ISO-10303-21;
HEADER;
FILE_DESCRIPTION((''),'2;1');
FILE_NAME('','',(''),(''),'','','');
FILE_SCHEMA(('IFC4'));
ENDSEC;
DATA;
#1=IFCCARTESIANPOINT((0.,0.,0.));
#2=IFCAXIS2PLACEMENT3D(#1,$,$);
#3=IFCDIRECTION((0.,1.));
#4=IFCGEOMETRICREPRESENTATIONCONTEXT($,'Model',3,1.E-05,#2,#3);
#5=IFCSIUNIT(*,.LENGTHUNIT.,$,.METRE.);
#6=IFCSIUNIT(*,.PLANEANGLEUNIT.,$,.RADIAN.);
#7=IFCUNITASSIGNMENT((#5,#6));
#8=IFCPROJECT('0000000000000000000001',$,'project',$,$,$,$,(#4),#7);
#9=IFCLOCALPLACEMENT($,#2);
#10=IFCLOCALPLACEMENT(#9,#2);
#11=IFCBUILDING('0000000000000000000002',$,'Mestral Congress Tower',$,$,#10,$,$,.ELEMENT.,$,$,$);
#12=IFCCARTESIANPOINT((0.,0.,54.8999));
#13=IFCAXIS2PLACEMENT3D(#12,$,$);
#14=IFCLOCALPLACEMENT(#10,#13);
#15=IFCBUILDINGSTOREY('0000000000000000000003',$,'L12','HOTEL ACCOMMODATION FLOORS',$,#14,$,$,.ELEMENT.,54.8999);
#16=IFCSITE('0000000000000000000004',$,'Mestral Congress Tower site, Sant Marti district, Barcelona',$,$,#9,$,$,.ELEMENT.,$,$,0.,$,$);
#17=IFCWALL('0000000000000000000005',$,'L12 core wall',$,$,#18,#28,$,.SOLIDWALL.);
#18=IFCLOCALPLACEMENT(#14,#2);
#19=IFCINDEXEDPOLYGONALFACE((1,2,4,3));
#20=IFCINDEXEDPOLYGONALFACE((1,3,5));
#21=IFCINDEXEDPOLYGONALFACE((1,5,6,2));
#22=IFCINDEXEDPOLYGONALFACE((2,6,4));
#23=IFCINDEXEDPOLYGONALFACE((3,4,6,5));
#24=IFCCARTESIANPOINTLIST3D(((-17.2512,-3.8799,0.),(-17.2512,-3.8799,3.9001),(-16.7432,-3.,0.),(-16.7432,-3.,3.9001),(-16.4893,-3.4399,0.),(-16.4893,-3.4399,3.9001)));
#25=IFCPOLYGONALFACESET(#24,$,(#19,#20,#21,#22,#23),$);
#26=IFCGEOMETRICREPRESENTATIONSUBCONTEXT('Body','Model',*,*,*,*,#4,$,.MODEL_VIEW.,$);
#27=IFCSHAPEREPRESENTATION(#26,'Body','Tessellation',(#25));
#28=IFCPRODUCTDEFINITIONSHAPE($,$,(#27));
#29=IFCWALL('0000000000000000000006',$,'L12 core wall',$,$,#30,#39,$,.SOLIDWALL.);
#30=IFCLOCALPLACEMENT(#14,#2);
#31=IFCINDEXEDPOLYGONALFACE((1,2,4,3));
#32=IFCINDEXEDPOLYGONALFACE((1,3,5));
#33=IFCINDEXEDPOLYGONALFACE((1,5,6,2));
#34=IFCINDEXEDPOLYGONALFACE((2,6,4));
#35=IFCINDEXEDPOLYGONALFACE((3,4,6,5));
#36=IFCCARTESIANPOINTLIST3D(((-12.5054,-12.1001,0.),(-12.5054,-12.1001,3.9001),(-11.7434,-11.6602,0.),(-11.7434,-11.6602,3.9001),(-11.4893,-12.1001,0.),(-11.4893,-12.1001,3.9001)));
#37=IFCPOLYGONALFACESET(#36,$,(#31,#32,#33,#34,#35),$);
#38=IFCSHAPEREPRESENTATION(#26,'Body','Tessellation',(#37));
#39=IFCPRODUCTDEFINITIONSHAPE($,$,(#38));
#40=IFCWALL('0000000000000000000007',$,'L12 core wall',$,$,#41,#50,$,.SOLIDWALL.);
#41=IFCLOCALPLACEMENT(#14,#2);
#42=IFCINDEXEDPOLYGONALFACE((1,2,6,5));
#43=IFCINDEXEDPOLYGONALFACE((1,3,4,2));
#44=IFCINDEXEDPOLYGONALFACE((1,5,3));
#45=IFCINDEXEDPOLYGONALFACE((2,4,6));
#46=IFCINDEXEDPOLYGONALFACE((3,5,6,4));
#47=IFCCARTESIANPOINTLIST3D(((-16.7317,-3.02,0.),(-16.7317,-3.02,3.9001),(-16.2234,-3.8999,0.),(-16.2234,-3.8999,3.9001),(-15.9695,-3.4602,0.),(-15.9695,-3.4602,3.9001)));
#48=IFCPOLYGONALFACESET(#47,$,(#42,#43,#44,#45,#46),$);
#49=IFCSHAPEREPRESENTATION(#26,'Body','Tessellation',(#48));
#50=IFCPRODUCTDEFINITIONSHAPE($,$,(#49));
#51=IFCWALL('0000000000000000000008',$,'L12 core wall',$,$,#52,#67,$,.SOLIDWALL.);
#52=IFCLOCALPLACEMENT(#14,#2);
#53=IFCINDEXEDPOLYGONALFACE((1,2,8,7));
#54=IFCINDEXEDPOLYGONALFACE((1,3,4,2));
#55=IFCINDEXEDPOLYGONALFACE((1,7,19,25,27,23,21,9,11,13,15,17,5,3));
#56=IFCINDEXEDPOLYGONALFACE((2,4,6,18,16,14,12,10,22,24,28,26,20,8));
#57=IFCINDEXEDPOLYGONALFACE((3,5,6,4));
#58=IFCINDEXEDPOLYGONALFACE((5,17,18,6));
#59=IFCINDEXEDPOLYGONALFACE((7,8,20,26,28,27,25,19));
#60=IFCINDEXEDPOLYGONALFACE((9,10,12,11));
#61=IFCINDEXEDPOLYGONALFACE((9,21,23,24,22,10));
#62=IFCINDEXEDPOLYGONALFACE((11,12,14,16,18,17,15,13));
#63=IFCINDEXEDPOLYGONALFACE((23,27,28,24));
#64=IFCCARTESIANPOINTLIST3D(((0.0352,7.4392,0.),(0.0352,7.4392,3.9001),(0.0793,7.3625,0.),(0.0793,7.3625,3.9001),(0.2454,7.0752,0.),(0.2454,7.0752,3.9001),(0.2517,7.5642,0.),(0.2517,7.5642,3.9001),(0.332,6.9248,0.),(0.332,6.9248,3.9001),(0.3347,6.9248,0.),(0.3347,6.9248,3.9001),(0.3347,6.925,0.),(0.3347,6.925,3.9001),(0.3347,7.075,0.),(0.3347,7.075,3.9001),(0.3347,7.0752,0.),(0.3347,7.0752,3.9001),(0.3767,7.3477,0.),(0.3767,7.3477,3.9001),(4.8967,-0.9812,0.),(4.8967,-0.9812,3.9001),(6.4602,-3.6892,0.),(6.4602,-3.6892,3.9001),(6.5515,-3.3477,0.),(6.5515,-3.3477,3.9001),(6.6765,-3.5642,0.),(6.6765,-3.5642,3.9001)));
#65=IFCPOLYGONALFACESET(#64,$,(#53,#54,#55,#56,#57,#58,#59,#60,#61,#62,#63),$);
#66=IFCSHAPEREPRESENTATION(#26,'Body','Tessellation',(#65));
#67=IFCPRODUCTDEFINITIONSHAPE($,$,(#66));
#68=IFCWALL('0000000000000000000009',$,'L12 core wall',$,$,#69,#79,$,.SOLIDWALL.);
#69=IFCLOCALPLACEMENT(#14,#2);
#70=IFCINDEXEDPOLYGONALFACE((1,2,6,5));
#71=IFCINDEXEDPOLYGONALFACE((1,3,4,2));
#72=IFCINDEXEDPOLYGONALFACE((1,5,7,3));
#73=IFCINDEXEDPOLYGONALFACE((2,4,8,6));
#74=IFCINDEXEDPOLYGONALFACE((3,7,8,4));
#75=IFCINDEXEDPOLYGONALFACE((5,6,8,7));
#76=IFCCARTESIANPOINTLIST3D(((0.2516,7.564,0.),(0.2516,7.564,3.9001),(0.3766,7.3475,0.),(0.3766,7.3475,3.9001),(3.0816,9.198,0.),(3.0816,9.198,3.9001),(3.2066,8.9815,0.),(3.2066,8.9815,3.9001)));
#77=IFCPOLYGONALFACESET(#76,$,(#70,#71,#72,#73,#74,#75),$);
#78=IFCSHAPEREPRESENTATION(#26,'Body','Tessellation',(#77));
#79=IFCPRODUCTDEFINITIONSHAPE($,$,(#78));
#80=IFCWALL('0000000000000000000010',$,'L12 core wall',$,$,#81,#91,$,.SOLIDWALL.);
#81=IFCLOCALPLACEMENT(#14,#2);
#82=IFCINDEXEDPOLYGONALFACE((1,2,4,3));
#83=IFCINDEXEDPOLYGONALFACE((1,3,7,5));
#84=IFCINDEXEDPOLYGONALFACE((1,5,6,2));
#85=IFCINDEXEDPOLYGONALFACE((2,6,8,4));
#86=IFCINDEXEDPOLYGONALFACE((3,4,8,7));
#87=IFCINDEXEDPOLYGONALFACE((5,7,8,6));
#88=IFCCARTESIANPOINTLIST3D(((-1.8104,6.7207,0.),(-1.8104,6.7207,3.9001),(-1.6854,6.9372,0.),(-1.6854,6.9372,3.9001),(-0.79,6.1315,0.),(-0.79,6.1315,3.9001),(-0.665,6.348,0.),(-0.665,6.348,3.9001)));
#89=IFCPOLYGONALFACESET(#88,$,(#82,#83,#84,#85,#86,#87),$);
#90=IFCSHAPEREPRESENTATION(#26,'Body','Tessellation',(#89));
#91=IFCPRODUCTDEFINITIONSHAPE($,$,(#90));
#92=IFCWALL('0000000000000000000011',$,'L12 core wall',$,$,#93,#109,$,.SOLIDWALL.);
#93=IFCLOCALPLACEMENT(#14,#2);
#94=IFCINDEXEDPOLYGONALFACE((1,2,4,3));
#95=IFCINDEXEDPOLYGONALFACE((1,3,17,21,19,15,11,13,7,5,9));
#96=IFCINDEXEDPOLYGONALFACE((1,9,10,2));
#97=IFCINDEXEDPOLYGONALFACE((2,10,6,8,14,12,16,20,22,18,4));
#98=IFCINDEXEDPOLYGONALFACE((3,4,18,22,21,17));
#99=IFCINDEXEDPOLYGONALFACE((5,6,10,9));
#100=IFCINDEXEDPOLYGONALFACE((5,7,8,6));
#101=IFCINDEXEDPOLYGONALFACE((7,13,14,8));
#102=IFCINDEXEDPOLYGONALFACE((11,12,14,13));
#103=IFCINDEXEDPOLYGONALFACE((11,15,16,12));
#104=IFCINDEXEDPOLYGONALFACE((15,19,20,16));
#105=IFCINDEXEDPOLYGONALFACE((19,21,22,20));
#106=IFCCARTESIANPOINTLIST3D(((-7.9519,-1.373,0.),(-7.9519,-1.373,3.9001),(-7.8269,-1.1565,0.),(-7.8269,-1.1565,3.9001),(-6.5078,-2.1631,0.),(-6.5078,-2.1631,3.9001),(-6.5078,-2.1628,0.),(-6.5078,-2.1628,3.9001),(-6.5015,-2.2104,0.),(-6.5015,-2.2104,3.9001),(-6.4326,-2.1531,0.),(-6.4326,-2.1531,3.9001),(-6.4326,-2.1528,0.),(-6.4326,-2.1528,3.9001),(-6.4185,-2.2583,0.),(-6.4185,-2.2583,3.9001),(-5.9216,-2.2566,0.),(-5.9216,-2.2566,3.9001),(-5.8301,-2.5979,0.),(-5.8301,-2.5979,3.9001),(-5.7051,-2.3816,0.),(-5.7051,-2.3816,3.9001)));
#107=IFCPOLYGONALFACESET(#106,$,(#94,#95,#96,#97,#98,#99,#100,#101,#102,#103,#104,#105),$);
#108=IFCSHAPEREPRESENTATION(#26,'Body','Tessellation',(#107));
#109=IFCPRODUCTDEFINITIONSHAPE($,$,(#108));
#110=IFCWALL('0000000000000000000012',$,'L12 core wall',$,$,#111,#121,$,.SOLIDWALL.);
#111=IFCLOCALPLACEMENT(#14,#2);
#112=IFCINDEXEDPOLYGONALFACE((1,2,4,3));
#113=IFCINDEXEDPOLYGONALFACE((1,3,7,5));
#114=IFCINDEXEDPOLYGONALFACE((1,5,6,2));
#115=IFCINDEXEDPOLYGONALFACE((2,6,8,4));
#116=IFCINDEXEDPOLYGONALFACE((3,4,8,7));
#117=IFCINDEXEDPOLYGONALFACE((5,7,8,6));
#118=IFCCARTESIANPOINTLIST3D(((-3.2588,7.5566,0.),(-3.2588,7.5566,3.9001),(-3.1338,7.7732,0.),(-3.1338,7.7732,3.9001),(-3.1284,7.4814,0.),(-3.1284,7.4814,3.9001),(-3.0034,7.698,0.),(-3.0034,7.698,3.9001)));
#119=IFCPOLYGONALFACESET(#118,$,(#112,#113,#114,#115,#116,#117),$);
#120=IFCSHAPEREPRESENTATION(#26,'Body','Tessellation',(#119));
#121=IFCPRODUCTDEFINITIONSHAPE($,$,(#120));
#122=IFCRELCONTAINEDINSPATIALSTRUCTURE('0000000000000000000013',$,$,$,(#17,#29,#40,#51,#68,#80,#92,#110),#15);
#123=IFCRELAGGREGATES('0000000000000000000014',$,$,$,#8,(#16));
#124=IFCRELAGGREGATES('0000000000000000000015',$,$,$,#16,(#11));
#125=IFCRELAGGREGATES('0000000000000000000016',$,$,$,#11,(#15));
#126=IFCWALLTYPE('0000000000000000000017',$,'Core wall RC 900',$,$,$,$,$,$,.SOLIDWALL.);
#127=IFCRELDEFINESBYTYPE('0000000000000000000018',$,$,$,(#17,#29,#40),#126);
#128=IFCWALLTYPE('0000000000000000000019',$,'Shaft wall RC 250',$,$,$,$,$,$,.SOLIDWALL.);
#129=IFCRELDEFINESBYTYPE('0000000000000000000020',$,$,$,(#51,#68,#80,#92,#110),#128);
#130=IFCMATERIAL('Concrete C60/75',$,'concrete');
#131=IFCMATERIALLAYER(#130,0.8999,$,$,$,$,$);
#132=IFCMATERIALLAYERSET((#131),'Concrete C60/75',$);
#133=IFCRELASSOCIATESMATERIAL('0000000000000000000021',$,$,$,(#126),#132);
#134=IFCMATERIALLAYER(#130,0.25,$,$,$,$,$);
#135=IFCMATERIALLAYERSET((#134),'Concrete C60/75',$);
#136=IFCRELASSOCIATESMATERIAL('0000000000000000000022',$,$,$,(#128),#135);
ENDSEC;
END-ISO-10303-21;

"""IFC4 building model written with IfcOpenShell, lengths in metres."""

from ifc_helpers import new_model, si_unit, direction, frame, frame_2d, origin, place, context, subcontext, project, spatial, polyline, rectangle, outline, extrude, material, layer, layer_set, type_object, element, save


model = new_model("IFC4")

# Units and contexts
model_context = context("Model", 3, precision=1e-05, world=origin(), true_north=direction((0.0, 1.0)))
body_context = subcontext(model_context, "Body", "Model", "MODEL_VIEW")
ifc_project = project(units=[si_unit("LENGTHUNIT", "METRE"), si_unit("PLANEANGLEUNIT", "RADIAN")], contexts=[model_context])

# Site, building, storey
site_placement = place(None, origin())
site = spatial("IfcSite", under=ifc_project, at=site_placement, Name="Mestral Congress Tower site, Sant Marti district, Barcelona", CompositionType="ELEMENT", RefElevation=0.0)
building_placement = place(site_placement, origin())
building = spatial("IfcBuilding", under=site, at=building_placement, Name="Mestral Congress Tower", CompositionType="ELEMENT")
storey_placement = place(building_placement, frame((0.0, 0.0, 54.8999)))
storey = spatial("IfcBuildingStorey", under=building, at=storey_placement, Name="L12", Description="HOTEL ACCOMMODATION FLOORS", CompositionType="ELEMENT", Elevation=54.8999)

# Shared definitions
ifc_material_1 = material(Name="Concrete C60/75", Category="concrete")

# Shared definitions
placement_1 = place(storey_placement, origin())

# Walls
ifc_layer_1 = layer(ifc_material_1, 0.8999)
ifc_layer_set_1 = layer_set([ifc_layer_1], Name="Concrete C60/75")
wall_type_1 = type_object("IfcWallType", Name="Core wall RC 900", PredefinedType="SOLIDWALL", material=ifc_layer_set_1)
element("IfcWall", 1, at=placement_1, inside=storey, type_object=wall_type_1, Name="L12 core wall", PredefinedType="SOLIDWALL", context=body_context, shape_type="SweptSolid", body=[
    extrude(outline(polyline([(-16.4893, -3.4399), (-17.2512, -3.8799), (-16.7432, -3.0), (-16.4893, -3.4399)])), origin(), (0.0, 0.0, 1.0), 3.9001),
])
element("IfcWall", 2, at=placement_1, inside=storey, type_object=wall_type_1, Name="L12 core wall", PredefinedType="SOLIDWALL", context=body_context, shape_type="SweptSolid", body=[
    extrude(outline(polyline([(-11.4893, -12.1001), (-12.5054, -12.1001), (-11.7434, -11.6602), (-11.4893, -12.1001)])), origin(), (0.0, 0.0, 1.0), 3.9001),
])
element("IfcWall", 3, at=placement_1, inside=storey, type_object=wall_type_1, Name="L12 core wall", PredefinedType="SOLIDWALL", context=body_context, shape_type="SweptSolid", body=[
    extrude(outline(polyline([(-16.2234, -3.8999), (-16.7317, -3.02), (-15.9695, -3.4602), (-16.2234, -3.8999)])), origin(), (0.0, 0.0, 1.0), 3.9001),
])
ifc_layer_2 = layer(ifc_material_1, 0.25)
ifc_layer_set_2 = layer_set([ifc_layer_2], Name="Concrete C60/75")
wall_type_2 = type_object("IfcWallType", Name="Shaft wall RC 250", PredefinedType="SOLIDWALL", material=ifc_layer_set_2)
element("IfcWall", 4, at=placement_1, inside=storey, type_object=wall_type_2, Name="L12 core wall", PredefinedType="SOLIDWALL", context=body_context, shape_type="SweptSolid", body=[
    extrude(outline(polyline([(0.3347, 6.925), (0.3347, 6.925), (0.3347, 7.075), (0.3347, 7.075), (0.3347, 7.0752), (0.2454, 7.0752), (0.0793, 7.3625), (0.0352, 7.4392), (0.2517, 7.5642), (0.3767, 7.3477), (6.5515, -3.3477), (6.6765, -3.5642), (6.4602, -3.6892), (4.8967, -0.9812), (0.332, 6.9248), (0.3347, 6.9248), (0.3347, 6.925)])), origin(), (0.0, 0.0, 1.0), 3.9001),
])
wall_1_placement = place(storey_placement, frame((0.3142, 7.4558, 0.0), z_axis=(0.0, 0.0, 1.0), x_axis=(0.866014, 0.50002, 0.0)))
element("IfcWall", 5, at=wall_1_placement, inside=storey, type_object=wall_type_2, Name="L12 core wall", PredefinedType="SOLIDWALL", context=body_context, shape_type="SweptSolid", body=[
    extrude(rectangle(XDim=3.2678, YDim=0.25, at=frame_2d((1.6338, 0.0))), origin(), (0.0, 0.0, 1.0), 3.9001),
])
wall_2_placement = place(storey_placement, frame((-0.7275, 6.2397, 0.0), z_axis=(0.0, 0.0, 1.0), x_axis=(-0.866003, 0.500039, 0.0)))
element("IfcWall", 6, at=wall_2_placement, inside=storey, type_object=wall_type_2, Name="L12 core wall", PredefinedType="SOLIDWALL", context=body_context, shape_type="SweptSolid", body=[
    extrude(rectangle(XDim=1.1782, YDim=0.25, at=frame_2d((0.5891, 0.0))), origin(), (0.0, 0.0, 1.0), 3.9001),
])
element("IfcWall", 7, at=placement_1, inside=storey, type_object=wall_type_2, Name="L12 core wall", PredefinedType="SOLIDWALL", context=body_context, shape_type="SweptSolid", body=[
    extrude(outline(polyline([(-5.9216, -2.2566), (-5.9216, -2.2566), (-5.7051, -2.3816), (-5.8301, -2.5979), (-6.4185, -2.2583), (-6.4326, -2.1531), (-6.4326, -2.1528), (-6.4326, -2.1528), (-6.5078, -2.1628), (-6.5078, -2.1628), (-6.5078, -2.1631), (-6.5015, -2.2104), (-7.9519, -1.373), (-7.8269, -1.1565), (-5.9216, -2.2566)])), origin(), (0.0, 0.0, 1.0), 3.9001),
])
element("IfcWall", 8, at=placement_1, inside=storey, type_object=wall_type_2, Name="L12 core wall", PredefinedType="SOLIDWALL", context=body_context, shape_type="SweptSolid", body=[
    extrude(outline(polyline([(-3.1284, 7.4814), (-3.2588, 7.5566), (-3.1338, 7.7732), (-3.0034, 7.698), (-3.1284, 7.4814)])), origin(), (0.0, 0.0, 1.0), 3.9001),
])

save(model, "model.ifc")
